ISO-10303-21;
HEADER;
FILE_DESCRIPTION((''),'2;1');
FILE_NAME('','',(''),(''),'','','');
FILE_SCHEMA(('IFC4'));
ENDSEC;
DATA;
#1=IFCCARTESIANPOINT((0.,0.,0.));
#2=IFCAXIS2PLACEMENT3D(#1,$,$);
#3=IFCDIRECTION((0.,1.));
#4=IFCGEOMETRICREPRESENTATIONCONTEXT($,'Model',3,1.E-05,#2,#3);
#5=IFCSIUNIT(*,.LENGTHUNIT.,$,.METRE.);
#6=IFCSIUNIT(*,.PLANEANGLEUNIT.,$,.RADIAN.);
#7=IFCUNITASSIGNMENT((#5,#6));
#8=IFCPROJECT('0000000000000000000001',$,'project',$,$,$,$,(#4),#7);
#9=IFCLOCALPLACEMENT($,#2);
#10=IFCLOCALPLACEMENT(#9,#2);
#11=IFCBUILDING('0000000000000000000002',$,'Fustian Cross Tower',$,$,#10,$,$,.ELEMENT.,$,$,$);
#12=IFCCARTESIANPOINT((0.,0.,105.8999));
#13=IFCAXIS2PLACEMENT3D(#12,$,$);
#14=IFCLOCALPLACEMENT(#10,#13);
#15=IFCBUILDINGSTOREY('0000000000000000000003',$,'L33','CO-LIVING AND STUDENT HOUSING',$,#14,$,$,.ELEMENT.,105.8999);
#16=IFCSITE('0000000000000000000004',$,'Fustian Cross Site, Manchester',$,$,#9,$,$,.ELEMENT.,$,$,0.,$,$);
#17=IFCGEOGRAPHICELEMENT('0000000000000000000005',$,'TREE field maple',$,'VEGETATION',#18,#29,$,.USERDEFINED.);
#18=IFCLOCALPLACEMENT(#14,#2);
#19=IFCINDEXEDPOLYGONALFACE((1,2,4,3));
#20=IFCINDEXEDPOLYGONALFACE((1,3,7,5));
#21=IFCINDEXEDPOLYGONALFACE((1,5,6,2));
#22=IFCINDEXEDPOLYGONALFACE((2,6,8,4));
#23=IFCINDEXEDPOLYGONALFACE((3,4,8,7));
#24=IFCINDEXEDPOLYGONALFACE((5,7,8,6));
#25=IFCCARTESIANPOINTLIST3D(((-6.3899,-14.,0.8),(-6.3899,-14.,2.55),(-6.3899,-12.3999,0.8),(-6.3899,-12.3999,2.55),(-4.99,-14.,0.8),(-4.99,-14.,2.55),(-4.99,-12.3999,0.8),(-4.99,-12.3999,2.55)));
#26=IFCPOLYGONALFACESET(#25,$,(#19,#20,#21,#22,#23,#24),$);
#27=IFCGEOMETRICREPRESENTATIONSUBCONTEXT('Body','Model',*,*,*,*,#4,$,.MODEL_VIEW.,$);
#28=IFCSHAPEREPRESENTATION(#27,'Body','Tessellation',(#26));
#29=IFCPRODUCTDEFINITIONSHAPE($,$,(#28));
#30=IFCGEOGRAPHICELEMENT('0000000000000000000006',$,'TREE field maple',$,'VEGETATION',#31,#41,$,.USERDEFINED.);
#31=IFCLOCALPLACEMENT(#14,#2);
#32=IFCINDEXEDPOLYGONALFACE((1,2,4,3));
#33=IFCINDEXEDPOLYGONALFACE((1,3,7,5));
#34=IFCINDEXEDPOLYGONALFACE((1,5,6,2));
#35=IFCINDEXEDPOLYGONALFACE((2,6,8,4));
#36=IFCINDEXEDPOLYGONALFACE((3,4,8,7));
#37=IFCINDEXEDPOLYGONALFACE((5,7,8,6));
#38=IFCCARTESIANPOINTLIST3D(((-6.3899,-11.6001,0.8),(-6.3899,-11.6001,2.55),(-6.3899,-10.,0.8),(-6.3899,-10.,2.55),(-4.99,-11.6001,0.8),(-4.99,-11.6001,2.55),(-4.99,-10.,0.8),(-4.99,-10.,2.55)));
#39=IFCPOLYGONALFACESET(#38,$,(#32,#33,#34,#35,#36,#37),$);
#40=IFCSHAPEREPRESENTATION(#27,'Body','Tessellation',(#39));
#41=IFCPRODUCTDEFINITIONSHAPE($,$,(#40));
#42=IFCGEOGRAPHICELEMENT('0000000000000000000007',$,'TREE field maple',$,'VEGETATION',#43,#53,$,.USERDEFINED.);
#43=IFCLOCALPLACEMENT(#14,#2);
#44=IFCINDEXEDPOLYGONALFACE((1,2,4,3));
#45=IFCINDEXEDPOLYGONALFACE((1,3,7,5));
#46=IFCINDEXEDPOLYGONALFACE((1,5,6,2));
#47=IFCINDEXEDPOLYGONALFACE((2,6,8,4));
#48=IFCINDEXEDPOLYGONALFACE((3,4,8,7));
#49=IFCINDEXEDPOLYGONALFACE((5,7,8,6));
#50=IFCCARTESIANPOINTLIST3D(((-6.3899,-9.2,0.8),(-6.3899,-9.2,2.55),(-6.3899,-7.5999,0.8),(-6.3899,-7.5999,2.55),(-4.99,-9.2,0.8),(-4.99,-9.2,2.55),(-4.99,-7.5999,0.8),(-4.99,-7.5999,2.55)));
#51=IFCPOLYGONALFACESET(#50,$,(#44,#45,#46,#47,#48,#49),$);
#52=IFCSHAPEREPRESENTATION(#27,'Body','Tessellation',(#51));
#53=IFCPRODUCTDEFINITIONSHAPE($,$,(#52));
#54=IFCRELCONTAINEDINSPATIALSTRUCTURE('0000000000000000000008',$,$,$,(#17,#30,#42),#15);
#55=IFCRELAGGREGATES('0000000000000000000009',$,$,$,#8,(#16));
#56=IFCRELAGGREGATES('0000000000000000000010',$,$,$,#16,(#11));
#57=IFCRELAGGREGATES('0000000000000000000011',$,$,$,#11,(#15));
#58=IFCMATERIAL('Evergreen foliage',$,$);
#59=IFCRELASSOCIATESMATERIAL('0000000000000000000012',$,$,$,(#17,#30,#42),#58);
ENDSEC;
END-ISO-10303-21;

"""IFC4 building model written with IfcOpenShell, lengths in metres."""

from ifc_helpers import new_model, si_unit, direction, frame, origin, origin_2d, place, context, subcontext, project, spatial, rectangle, extrude, material, element, save


model = new_model("IFC4")

# Units and contexts
model_context = context("Model", 3, precision=1e-05, world=origin(), true_north=direction((0.0, 1.0)))
body_context = subcontext(model_context, "Body", "Model", "MODEL_VIEW")
ifc_project = project(units=[si_unit("LENGTHUNIT", "METRE"), si_unit("PLANEANGLEUNIT", "RADIAN")], contexts=[model_context])

# Site, building, storey
site_placement = place(None, origin())
site = spatial("IfcSite", under=ifc_project, at=site_placement, Name="Fustian Cross Site, Manchester", CompositionType="ELEMENT", RefElevation=0.0)
building_placement = place(site_placement, origin())
building = spatial("IfcBuilding", under=site, at=building_placement, Name="Fustian Cross Tower", CompositionType="ELEMENT")
storey_placement = place(building_placement, frame((0.0, 0.0, 105.8999)))
storey = spatial("IfcBuildingStorey", under=building, at=storey_placement, Name="L33", Description="CO-LIVING AND STUDENT HOUSING", CompositionType="ELEMENT", Elevation=105.8999)

# Geographic elements
ifc_material_1 = material(Name="Evergreen foliage")
for number, where, z_axis, x_axis, name in (
    (1, (-5.6899, -13.2, 0.8), (0.0, 0.0, 1.0), (1.0, 0.0, 0.0), "TREE field maple"),
    (2, (-5.6899, -10.8, 0.8), (0.0, 0.0, 1.0), (1.0, 0.0, 0.0), "TREE field maple"),
    (3, (-5.6899, -8.3999, 0.8), (0.0, 0.0, 1.0), (1.0, 0.0, 0.0), "TREE field maple"),
):
    element("IfcGeographicElement", number, at=place(storey_placement, frame(where, z_axis=z_axis, x_axis=x_axis)), inside=storey, material=ifc_material_1, Name=name, ObjectType="VEGETATION", PredefinedType="USERDEFINED", context=body_context, shape_type="SweptSolid", body=[
        extrude(rectangle(XDim=1.3999, YDim=1.6001, at=origin_2d()), origin(), (0.0, 0.0, 1.0), 1.75),
    ])

save(model, "model.ifc")
